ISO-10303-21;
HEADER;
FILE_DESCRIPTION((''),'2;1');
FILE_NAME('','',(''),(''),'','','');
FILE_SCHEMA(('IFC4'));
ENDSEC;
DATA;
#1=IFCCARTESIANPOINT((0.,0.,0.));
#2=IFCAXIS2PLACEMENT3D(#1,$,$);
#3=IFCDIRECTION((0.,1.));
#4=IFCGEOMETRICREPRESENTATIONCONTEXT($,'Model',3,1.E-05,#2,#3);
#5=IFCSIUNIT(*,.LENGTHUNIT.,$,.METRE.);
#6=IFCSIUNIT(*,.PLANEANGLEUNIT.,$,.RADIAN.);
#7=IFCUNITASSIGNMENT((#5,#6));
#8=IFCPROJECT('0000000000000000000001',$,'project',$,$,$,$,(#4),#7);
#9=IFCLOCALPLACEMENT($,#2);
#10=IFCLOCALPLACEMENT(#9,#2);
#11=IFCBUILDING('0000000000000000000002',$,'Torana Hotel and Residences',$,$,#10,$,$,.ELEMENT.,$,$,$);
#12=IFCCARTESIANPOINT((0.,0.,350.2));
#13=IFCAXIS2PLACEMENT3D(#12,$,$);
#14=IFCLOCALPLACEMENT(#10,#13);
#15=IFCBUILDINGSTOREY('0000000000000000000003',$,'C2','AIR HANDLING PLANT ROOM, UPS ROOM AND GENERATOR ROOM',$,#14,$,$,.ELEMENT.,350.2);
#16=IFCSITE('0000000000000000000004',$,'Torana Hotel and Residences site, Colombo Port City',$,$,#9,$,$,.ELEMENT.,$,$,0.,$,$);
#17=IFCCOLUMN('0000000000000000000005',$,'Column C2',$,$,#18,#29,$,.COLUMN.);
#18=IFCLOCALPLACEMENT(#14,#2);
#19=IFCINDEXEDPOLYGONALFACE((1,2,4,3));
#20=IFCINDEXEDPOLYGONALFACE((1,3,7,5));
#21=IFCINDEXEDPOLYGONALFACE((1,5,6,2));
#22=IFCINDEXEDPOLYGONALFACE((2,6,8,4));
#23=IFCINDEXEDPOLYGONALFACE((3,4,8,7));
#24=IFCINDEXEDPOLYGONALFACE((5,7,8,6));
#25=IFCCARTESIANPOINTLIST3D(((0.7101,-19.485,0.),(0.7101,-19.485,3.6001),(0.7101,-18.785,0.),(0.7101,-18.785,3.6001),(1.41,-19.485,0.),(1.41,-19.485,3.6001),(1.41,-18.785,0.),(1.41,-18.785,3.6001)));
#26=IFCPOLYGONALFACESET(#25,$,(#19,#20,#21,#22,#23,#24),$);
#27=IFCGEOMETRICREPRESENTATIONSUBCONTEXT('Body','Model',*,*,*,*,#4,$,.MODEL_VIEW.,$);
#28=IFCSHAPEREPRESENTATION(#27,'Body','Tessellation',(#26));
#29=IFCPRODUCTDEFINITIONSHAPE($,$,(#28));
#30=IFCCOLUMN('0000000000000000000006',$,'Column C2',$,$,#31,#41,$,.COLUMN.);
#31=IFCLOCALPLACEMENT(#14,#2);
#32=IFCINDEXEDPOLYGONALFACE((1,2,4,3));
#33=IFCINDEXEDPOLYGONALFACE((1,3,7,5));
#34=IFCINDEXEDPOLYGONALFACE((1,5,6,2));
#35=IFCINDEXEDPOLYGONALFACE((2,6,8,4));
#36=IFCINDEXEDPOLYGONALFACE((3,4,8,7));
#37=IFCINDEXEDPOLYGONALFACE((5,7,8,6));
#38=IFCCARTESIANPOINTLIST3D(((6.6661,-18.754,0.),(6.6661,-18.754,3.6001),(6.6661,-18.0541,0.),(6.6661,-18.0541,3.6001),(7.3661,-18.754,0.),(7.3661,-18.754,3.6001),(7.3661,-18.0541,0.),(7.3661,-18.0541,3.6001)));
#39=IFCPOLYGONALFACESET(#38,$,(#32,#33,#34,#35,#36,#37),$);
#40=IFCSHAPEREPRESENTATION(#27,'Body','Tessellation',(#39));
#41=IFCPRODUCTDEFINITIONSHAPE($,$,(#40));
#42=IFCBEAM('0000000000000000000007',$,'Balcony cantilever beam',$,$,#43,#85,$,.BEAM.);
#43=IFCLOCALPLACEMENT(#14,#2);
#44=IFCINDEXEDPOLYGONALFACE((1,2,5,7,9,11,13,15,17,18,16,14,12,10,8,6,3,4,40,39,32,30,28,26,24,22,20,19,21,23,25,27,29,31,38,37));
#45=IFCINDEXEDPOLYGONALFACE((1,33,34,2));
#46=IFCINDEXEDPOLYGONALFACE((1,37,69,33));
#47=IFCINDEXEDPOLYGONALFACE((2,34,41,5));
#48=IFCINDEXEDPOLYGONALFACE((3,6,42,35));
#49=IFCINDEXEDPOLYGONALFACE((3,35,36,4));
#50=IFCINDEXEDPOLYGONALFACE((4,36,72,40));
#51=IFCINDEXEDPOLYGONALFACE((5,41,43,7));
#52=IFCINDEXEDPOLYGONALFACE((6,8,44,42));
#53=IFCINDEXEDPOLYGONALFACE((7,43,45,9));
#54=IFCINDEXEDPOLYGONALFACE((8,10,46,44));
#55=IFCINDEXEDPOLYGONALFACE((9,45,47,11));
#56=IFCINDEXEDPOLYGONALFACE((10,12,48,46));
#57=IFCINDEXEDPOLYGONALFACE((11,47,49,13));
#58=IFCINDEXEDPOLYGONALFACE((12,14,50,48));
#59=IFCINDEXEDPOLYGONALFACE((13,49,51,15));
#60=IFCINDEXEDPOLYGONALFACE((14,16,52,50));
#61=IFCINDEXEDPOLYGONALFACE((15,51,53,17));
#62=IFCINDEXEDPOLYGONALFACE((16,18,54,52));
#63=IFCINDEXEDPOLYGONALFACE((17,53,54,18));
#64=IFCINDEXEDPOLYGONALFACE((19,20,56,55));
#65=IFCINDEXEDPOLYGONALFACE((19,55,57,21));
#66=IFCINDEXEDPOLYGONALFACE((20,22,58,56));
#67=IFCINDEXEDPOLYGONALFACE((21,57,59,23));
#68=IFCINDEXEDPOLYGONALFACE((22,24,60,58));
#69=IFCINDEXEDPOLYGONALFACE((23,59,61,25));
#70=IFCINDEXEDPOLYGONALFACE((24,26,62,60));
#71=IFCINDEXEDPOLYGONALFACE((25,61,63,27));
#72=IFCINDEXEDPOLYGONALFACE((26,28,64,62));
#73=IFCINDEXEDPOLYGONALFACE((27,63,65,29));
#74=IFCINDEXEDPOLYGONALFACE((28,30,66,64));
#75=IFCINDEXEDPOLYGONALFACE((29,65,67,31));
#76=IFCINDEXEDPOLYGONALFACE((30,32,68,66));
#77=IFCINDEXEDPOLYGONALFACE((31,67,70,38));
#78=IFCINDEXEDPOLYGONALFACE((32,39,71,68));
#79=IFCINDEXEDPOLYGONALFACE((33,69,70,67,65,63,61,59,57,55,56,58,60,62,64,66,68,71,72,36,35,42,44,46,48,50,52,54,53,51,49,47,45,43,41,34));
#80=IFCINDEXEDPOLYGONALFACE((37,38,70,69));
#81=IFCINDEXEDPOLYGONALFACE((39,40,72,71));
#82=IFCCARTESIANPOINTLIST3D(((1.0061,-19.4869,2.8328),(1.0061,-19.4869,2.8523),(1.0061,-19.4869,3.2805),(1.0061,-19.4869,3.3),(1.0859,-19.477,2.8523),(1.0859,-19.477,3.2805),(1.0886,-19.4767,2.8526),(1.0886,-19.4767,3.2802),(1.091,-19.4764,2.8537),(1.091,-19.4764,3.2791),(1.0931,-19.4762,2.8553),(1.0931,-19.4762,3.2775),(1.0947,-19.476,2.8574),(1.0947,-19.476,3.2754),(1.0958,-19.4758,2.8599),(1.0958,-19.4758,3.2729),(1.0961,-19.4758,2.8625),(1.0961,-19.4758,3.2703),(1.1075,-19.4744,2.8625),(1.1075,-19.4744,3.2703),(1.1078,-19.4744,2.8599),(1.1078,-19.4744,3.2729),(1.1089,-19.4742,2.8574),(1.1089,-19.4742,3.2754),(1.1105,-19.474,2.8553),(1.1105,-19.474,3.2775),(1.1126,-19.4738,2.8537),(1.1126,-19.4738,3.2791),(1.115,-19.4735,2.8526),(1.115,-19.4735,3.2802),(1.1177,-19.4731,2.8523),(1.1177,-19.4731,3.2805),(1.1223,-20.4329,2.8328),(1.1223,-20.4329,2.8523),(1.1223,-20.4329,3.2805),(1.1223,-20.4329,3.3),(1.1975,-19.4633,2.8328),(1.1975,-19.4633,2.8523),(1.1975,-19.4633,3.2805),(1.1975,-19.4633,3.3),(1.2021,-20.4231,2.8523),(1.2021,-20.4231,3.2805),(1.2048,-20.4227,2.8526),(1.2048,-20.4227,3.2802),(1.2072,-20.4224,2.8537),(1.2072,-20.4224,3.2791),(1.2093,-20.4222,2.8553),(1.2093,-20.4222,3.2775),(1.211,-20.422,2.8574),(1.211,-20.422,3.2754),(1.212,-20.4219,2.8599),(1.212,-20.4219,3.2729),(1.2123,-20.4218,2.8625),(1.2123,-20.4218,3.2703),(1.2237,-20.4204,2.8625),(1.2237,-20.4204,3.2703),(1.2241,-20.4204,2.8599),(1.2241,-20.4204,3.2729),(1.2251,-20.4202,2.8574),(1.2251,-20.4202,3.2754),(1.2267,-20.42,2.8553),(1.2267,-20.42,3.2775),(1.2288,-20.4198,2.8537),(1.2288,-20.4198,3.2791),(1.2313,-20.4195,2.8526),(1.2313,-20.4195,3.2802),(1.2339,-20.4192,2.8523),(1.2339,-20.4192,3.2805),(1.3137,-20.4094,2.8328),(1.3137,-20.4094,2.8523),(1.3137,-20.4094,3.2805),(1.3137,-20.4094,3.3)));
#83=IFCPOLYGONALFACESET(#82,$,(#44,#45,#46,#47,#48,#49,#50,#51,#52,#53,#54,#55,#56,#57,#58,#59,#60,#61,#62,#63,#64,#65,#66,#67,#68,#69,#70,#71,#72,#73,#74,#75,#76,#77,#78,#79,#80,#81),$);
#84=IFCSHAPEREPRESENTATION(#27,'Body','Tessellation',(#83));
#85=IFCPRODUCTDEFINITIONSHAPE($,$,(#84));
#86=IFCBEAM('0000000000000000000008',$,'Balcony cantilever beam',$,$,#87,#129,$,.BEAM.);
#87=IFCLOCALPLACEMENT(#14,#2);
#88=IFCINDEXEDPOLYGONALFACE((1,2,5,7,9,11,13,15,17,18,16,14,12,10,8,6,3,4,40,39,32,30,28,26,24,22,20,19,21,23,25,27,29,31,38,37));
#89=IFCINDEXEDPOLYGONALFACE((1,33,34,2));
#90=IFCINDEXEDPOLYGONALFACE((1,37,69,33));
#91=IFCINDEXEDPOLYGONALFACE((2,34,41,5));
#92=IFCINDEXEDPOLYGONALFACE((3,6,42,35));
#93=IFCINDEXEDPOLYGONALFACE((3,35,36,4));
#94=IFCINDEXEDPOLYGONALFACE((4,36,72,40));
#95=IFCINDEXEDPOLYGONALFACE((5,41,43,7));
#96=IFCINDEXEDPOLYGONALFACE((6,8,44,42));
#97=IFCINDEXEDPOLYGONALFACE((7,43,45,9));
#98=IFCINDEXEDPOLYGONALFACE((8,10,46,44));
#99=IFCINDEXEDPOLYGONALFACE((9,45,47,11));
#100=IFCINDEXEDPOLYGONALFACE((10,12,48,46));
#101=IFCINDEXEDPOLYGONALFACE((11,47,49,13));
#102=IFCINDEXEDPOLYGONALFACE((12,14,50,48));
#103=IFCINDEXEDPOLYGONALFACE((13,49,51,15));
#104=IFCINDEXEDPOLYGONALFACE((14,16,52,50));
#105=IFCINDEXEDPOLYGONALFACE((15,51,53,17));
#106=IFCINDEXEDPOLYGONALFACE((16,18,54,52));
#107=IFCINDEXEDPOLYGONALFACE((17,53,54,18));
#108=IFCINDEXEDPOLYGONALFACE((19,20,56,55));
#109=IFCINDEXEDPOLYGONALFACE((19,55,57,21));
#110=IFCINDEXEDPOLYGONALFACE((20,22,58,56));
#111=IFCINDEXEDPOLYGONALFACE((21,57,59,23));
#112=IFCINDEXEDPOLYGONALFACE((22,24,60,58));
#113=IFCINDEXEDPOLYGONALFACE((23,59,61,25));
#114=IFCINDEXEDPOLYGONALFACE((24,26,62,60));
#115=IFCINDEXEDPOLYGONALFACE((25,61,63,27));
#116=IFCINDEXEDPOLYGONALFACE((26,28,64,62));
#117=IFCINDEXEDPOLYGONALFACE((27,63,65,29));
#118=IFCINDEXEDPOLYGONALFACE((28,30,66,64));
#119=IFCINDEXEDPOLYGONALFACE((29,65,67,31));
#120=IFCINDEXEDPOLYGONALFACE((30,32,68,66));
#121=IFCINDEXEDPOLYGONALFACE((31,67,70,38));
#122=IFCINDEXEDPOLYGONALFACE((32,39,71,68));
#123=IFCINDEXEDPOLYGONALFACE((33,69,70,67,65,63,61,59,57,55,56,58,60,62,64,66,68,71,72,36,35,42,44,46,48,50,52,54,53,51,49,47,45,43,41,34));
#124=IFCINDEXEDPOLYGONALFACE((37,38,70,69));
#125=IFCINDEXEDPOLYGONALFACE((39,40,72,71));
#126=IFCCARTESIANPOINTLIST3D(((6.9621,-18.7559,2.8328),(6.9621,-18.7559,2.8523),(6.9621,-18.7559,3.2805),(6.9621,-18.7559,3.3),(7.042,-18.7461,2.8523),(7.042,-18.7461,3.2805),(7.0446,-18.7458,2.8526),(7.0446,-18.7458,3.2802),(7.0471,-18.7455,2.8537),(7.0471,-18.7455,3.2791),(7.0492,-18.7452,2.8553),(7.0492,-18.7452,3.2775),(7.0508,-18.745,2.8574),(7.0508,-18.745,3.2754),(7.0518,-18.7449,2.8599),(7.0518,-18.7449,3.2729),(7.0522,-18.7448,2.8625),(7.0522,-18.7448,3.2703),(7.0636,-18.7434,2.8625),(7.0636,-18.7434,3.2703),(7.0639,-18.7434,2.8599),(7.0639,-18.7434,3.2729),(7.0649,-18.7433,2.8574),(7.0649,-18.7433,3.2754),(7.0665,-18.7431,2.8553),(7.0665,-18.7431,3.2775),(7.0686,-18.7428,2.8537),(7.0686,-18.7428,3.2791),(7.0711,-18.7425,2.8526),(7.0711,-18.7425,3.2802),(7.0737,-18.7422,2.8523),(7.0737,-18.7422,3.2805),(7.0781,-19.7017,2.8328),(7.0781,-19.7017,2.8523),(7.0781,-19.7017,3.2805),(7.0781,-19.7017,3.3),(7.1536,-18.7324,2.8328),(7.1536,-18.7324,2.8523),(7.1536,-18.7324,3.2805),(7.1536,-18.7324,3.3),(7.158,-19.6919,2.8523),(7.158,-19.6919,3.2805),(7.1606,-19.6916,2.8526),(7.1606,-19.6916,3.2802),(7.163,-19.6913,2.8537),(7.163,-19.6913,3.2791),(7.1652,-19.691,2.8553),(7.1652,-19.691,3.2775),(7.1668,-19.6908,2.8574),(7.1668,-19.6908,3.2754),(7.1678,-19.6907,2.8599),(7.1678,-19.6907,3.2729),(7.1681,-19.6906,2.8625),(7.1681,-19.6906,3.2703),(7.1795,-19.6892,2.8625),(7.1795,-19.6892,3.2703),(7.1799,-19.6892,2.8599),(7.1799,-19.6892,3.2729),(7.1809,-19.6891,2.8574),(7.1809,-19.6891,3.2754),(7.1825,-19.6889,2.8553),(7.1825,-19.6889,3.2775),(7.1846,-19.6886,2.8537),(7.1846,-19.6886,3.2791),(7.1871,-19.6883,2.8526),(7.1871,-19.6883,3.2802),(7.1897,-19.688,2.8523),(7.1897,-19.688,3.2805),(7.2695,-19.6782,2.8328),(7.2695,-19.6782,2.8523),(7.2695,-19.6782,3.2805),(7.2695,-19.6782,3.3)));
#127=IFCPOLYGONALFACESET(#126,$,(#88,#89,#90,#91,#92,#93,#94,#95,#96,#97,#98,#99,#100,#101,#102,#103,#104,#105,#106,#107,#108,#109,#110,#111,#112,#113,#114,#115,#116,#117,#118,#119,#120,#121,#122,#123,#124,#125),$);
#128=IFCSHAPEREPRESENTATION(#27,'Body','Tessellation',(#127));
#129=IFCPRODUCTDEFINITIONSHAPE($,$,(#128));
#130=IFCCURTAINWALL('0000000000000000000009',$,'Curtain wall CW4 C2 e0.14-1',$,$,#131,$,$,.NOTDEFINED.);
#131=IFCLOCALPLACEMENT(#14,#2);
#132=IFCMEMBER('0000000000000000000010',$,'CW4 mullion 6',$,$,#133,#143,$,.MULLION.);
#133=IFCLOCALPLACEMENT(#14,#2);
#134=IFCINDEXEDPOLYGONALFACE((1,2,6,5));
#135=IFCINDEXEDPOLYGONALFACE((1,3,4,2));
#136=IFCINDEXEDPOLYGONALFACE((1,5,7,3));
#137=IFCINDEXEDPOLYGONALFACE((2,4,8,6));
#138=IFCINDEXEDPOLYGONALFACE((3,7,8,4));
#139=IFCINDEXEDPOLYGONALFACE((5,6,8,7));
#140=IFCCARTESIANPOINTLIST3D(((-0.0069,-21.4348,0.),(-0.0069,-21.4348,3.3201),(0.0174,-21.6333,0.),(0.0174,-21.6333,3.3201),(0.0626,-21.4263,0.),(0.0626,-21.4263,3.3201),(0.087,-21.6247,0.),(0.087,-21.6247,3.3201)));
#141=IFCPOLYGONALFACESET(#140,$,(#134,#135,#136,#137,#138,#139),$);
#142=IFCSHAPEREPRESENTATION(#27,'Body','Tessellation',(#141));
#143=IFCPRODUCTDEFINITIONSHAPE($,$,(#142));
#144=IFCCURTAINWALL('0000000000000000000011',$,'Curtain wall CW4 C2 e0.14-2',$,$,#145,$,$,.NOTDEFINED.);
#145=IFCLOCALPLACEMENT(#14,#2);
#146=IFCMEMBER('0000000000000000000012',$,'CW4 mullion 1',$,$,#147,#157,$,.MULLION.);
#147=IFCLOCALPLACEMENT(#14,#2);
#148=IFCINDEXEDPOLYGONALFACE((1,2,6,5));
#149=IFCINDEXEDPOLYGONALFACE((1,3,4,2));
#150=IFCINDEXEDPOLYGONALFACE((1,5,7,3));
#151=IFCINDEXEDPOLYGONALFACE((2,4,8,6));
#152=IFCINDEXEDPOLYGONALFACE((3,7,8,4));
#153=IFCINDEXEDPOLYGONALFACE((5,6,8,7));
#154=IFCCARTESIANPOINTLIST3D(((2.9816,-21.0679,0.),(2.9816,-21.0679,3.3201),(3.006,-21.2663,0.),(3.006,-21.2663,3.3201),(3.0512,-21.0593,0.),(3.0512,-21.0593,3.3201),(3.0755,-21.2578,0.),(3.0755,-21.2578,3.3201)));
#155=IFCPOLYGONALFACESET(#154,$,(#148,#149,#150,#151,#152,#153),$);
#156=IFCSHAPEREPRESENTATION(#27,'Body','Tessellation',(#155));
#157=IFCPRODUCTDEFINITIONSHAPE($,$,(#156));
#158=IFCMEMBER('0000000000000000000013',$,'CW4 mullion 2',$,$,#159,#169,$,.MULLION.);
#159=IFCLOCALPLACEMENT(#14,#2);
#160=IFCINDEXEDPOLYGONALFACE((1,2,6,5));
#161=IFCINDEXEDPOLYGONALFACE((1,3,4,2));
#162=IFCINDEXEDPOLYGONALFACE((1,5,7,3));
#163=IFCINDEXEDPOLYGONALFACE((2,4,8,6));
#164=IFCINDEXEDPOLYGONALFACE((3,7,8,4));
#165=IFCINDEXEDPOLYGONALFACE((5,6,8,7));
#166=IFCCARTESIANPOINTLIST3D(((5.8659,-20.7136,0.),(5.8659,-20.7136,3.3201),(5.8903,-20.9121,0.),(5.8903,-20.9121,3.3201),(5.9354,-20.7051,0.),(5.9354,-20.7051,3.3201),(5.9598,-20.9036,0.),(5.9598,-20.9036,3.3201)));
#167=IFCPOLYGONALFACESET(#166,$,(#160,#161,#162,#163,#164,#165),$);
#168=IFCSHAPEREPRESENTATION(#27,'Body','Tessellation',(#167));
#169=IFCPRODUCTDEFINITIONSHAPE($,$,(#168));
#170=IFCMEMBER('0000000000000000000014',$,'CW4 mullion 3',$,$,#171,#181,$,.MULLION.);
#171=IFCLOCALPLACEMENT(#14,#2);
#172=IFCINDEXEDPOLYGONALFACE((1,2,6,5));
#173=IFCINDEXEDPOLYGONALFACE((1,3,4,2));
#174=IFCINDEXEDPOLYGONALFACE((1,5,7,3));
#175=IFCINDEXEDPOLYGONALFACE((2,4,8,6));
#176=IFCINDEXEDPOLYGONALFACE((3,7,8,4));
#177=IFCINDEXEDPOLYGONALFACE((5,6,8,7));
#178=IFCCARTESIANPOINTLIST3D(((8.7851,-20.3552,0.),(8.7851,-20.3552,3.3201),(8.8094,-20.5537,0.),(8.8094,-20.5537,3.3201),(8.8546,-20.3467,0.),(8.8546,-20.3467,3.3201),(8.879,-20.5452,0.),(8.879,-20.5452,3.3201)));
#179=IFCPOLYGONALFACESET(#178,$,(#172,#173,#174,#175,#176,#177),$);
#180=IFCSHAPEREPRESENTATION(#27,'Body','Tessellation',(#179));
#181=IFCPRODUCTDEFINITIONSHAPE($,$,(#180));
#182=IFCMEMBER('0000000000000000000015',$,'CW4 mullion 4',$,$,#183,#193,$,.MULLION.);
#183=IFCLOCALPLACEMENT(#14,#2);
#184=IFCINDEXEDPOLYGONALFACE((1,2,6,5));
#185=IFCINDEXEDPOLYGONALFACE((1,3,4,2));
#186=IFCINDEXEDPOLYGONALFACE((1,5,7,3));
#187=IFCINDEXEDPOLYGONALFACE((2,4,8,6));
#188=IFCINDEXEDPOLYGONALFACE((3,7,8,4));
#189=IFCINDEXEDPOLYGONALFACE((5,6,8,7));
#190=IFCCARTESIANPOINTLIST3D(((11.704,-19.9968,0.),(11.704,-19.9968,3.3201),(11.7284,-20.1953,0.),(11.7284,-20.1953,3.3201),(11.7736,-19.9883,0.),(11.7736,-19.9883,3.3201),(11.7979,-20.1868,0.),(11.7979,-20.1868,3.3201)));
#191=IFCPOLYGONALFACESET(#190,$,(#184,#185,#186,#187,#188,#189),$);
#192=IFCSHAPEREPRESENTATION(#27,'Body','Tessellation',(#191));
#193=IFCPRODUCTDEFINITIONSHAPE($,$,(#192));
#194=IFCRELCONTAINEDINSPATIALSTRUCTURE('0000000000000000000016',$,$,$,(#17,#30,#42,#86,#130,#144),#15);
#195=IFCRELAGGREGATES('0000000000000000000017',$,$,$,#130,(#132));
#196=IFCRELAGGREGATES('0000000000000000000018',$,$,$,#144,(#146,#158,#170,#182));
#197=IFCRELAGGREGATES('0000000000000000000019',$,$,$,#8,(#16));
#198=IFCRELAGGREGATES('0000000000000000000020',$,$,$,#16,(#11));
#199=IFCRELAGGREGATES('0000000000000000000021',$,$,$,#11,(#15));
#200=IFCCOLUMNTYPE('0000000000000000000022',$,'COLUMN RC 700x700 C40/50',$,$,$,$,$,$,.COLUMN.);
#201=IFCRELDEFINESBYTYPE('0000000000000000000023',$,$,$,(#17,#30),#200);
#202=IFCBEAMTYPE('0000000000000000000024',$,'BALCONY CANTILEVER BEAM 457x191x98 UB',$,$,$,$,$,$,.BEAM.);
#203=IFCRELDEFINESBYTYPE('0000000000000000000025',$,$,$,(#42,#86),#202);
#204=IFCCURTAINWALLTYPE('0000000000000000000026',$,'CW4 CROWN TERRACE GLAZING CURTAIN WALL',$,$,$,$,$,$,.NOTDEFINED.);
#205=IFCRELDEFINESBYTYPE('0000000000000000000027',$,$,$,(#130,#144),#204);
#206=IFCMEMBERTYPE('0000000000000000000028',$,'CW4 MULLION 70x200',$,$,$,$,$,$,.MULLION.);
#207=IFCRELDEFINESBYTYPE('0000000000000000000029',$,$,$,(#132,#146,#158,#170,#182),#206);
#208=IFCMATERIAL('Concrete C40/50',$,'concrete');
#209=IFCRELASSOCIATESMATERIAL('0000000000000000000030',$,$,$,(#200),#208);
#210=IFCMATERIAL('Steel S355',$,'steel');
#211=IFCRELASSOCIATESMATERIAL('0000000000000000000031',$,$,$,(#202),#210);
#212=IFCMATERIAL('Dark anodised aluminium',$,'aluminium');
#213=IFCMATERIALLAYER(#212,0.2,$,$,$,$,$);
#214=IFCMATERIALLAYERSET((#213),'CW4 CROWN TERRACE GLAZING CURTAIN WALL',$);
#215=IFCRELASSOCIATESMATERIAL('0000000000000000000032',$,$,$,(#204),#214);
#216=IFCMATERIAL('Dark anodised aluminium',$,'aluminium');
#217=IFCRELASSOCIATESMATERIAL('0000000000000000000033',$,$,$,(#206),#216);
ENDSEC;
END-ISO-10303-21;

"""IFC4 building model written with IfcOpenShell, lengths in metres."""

from ifc_helpers import new_model, si_unit, direction, frame, origin, origin_2d, place, context, subcontext, project, spatial, rectangle, i_section, extrude, material, layer, layer_set, material_profile, profile_set, type_object, element, aggregate, save


model = new_model("IFC4")

# Units and contexts
model_context = context("Model", 3, precision=1e-05, world=origin(), true_north=direction((0.0, 1.0)))
body_context = subcontext(model_context, "Body", "Model", "MODEL_VIEW")
ifc_project = project(units=[si_unit("LENGTHUNIT", "METRE"), si_unit("PLANEANGLEUNIT", "RADIAN")], contexts=[model_context])

# Site, building, storey
site_placement = place(None, origin())
site = spatial("IfcSite", under=ifc_project, at=site_placement, Name="Torana Hotel and Residences site, Colombo Port City", CompositionType="ELEMENT", RefElevation=0.0)
building_placement = place(site_placement, origin())
building = spatial("IfcBuilding", under=site, at=building_placement, Name="Torana Hotel and Residences", CompositionType="ELEMENT")
storey_placement = place(building_placement, frame((0.0, 0.0, 350.2)))
storey = spatial("IfcBuildingStorey", under=building, at=storey_placement, Name="C2", Description="AIR HANDLING PLANT ROOM, UPS ROOM AND GENERATOR ROOM", CompositionType="ELEMENT", Elevation=350.2)

# Columns
ifc_material_1 = material(Name="Concrete C40/50", Category="concrete")
ifc_material_profile_1 = material_profile(ifc_material_1, rectangle(XDim=0.7, YDim=0.7, at=origin_2d()), Name="RC 700x700")
ifc_profile_set_1 = profile_set([ifc_material_profile_1], Name="Concrete C40/50")
column_type = type_object("IfcColumnType", Name="COLUMN RC 700x700 C40/50", PredefinedType="COLUMN", material=ifc_profile_set_1)
for number, where, z_axis, x_axis, name in (
    (1, (1.0601, -19.135, 0.0), (0.0, 0.0, 1.0), (1.0, 0.0, 0.0), "Column C2"),
    (2, (7.0161, -18.4041, 0.0), (0.0, 0.0, 1.0), (1.0, 0.0, 0.0), "Column C2"),
):
    element("IfcColumn", number, at=place(storey_placement, frame(where, z_axis=z_axis, x_axis=x_axis)), inside=storey, type_object=column_type, Name=name, PredefinedType="COLUMN", context=body_context, shape_type="SweptSolid", body=[
        extrude(rectangle(XDim=0.7, YDim=0.7, at=origin_2d()), origin(), (0.0, 0.0, 1.0), 3.6001),
    ])

# Beams
ifc_material_2 = material(Name="Steel S355", Category="steel")
ifc_material_profile_2 = material_profile(ifc_material_2, i_section(OverallWidth=0.1929, OverallDepth=0.4673, WebThickness=0.0115, FlangeThickness=0.0195, FilletRadius=0.0103, at=origin_2d()), Name="457x191x98 UB")
ifc_profile_set_2 = profile_set([ifc_material_profile_2], Name="Steel S355")
beam_type = type_object("IfcBeamType", Name="BALCONY CANTILEVER BEAM 457x191x98 UB", PredefinedType="BEAM", material=ifc_profile_set_2)
beam_1_placement = place(storey_placement, frame((1.1018, -19.4751, 3.0664), z_axis=(0.121922, -0.99254, 0.0), x_axis=(0.99254, 0.121922, 0.0)))
element("IfcBeam", 3, at=beam_1_placement, inside=storey, type_object=beam_type, Name="Balcony cantilever beam", PredefinedType="BEAM", context=body_context, shape_type="SweptSolid", body=[
    extrude(i_section(OverallWidth=0.1929, OverallDepth=0.4673, WebThickness=0.0115, FlangeThickness=0.0195, FilletRadius=0.0103, at=origin_2d()), origin(), (0.0, 0.0, 1.0), 0.9531),
])
beam_2_placement = place(storey_placement, frame((7.0579, -18.7441, 3.0664), z_axis=(0.121701, -0.992567, 0.0), x_axis=(0.992567, 0.121701, 0.0)))
element("IfcBeam", 4, at=beam_2_placement, inside=storey, type_object=beam_type, Name="Balcony cantilever beam", PredefinedType="BEAM", context=body_context, shape_type="SweptSolid", body=[
    extrude(i_section(OverallWidth=0.1929, OverallDepth=0.4673, WebThickness=0.0115, FlangeThickness=0.0195, FilletRadius=0.0103, at=origin_2d()), origin(), (0.0, 0.0, 1.0), 0.9529),
])

# Curtain wall, member
ifc_material_3 = material(Name="Dark anodised aluminium", Category="aluminium")
ifc_layer_1 = layer(ifc_material_3, 0.2)
ifc_layer_set_1 = layer_set([ifc_layer_1], Name="CW4 CROWN TERRACE GLAZING CURTAIN WALL")
curtain_wall_type = type_object("IfcCurtainWallType", Name="CW4 CROWN TERRACE GLAZING CURTAIN WALL", PredefinedType="NOTDEFINED", material=ifc_layer_set_1)
curtain_wall_1_placement = place(storey_placement, origin())
curtain_wall_1 = element("IfcCurtainWall", 5, at=curtain_wall_1_placement, inside=storey, type_object=curtain_wall_type, Name="Curtain wall CW4 C2 e0.14-1", PredefinedType="NOTDEFINED")
ifc_material_4 = material(Name="Dark anodised aluminium", Category="aluminium")
ifc_material_profile_3 = material_profile(ifc_material_4, rectangle(XDim=0.2, YDim=0.0701, at=origin_2d()), Name="CW4 MULLION 70x200")
ifc_profile_set_3 = profile_set([ifc_material_profile_3], Name="Dark anodised aluminium")
member_type_1 = type_object("IfcMemberType", Name="CW4 MULLION 70x200", PredefinedType="MULLION", material=ifc_profile_set_3)
member_1_placement = place(storey_placement, frame((0.04, -21.5298, 0.0), z_axis=(0.0, 0.0, 1.0), x_axis=(-0.121863, 0.992547, 0.0)))
member_1 = element("IfcMember", 6, at=member_1_placement, type_object=member_type_1, Name="CW4 mullion 6", PredefinedType="MULLION", context=body_context, shape_type="SweptSolid", body=[
    extrude(rectangle(XDim=0.2, YDim=0.0701, at=origin_2d()), origin(), (0.0, 0.0, 1.0), 3.3201),
])
aggregate(curtain_wall_1, [member_1])

# Curtain wall, members
curtain_wall_2_placement = place(storey_placement, origin())
curtain_wall_2 = element("IfcCurtainWall", 7, at=curtain_wall_2_placement, inside=storey, type_object=curtain_wall_type, Name="Curtain wall CW4 C2 e0.14-2", PredefinedType="NOTDEFINED")
member_2_placement = place(storey_placement, frame((3.0286, -21.1628, 0.0), z_axis=(0.0, 0.0, 1.0), x_axis=(-0.12187, 0.992546, 0.0)))
member_2 = element("IfcMember", 8, at=member_2_placement, type_object=member_type_1, Name="CW4 mullion 1", PredefinedType="MULLION", context=body_context, shape_type="SweptSolid", body=[
    extrude(rectangle(XDim=0.2, YDim=0.0701, at=origin_2d()), origin(), (0.0, 0.0, 1.0), 3.3201),
])
member_3_placement = place(storey_placement, frame((5.9128, -20.8086, 0.0), z_axis=(0.0, 0.0, 1.0), x_axis=(-0.12187, 0.992546, 0.0)))
member_3 = element("IfcMember", 9, at=member_3_placement, type_object=member_type_1, Name="CW4 mullion 2", PredefinedType="MULLION", context=body_context, shape_type="SweptSolid", body=[
    extrude(rectangle(XDim=0.2, YDim=0.0701, at=origin_2d()), origin(), (0.0, 0.0, 1.0), 3.3201),
])
member_4_placement = place(storey_placement, frame((8.832, -20.4502, 0.0), z_axis=(0.0, 0.0, 1.0), x_axis=(-0.12187, 0.992546, 0.0)))
member_4 = element("IfcMember", 10, at=member_4_placement, type_object=member_type_1, Name="CW4 mullion 3", PredefinedType="MULLION", context=body_context, shape_type="SweptSolid", body=[
    extrude(rectangle(XDim=0.2, YDim=0.0701, at=origin_2d()), origin(), (0.0, 0.0, 1.0), 3.3201),
])
member_5_placement = place(storey_placement, frame((11.751, -20.0918, 0.0), z_axis=(0.0, 0.0, 1.0), x_axis=(-0.12187, 0.992546, 0.0)))
member_5 = element("IfcMember", 11, at=member_5_placement, type_object=member_type_1, Name="CW4 mullion 4", PredefinedType="MULLION", context=body_context, shape_type="SweptSolid", body=[
    extrude(rectangle(XDim=0.2, YDim=0.0701, at=origin_2d()), origin(), (0.0, 0.0, 1.0), 3.3201),
])
aggregate(curtain_wall_2, [member_2, member_3, member_4, member_5])

save(model, "model.ifc")
